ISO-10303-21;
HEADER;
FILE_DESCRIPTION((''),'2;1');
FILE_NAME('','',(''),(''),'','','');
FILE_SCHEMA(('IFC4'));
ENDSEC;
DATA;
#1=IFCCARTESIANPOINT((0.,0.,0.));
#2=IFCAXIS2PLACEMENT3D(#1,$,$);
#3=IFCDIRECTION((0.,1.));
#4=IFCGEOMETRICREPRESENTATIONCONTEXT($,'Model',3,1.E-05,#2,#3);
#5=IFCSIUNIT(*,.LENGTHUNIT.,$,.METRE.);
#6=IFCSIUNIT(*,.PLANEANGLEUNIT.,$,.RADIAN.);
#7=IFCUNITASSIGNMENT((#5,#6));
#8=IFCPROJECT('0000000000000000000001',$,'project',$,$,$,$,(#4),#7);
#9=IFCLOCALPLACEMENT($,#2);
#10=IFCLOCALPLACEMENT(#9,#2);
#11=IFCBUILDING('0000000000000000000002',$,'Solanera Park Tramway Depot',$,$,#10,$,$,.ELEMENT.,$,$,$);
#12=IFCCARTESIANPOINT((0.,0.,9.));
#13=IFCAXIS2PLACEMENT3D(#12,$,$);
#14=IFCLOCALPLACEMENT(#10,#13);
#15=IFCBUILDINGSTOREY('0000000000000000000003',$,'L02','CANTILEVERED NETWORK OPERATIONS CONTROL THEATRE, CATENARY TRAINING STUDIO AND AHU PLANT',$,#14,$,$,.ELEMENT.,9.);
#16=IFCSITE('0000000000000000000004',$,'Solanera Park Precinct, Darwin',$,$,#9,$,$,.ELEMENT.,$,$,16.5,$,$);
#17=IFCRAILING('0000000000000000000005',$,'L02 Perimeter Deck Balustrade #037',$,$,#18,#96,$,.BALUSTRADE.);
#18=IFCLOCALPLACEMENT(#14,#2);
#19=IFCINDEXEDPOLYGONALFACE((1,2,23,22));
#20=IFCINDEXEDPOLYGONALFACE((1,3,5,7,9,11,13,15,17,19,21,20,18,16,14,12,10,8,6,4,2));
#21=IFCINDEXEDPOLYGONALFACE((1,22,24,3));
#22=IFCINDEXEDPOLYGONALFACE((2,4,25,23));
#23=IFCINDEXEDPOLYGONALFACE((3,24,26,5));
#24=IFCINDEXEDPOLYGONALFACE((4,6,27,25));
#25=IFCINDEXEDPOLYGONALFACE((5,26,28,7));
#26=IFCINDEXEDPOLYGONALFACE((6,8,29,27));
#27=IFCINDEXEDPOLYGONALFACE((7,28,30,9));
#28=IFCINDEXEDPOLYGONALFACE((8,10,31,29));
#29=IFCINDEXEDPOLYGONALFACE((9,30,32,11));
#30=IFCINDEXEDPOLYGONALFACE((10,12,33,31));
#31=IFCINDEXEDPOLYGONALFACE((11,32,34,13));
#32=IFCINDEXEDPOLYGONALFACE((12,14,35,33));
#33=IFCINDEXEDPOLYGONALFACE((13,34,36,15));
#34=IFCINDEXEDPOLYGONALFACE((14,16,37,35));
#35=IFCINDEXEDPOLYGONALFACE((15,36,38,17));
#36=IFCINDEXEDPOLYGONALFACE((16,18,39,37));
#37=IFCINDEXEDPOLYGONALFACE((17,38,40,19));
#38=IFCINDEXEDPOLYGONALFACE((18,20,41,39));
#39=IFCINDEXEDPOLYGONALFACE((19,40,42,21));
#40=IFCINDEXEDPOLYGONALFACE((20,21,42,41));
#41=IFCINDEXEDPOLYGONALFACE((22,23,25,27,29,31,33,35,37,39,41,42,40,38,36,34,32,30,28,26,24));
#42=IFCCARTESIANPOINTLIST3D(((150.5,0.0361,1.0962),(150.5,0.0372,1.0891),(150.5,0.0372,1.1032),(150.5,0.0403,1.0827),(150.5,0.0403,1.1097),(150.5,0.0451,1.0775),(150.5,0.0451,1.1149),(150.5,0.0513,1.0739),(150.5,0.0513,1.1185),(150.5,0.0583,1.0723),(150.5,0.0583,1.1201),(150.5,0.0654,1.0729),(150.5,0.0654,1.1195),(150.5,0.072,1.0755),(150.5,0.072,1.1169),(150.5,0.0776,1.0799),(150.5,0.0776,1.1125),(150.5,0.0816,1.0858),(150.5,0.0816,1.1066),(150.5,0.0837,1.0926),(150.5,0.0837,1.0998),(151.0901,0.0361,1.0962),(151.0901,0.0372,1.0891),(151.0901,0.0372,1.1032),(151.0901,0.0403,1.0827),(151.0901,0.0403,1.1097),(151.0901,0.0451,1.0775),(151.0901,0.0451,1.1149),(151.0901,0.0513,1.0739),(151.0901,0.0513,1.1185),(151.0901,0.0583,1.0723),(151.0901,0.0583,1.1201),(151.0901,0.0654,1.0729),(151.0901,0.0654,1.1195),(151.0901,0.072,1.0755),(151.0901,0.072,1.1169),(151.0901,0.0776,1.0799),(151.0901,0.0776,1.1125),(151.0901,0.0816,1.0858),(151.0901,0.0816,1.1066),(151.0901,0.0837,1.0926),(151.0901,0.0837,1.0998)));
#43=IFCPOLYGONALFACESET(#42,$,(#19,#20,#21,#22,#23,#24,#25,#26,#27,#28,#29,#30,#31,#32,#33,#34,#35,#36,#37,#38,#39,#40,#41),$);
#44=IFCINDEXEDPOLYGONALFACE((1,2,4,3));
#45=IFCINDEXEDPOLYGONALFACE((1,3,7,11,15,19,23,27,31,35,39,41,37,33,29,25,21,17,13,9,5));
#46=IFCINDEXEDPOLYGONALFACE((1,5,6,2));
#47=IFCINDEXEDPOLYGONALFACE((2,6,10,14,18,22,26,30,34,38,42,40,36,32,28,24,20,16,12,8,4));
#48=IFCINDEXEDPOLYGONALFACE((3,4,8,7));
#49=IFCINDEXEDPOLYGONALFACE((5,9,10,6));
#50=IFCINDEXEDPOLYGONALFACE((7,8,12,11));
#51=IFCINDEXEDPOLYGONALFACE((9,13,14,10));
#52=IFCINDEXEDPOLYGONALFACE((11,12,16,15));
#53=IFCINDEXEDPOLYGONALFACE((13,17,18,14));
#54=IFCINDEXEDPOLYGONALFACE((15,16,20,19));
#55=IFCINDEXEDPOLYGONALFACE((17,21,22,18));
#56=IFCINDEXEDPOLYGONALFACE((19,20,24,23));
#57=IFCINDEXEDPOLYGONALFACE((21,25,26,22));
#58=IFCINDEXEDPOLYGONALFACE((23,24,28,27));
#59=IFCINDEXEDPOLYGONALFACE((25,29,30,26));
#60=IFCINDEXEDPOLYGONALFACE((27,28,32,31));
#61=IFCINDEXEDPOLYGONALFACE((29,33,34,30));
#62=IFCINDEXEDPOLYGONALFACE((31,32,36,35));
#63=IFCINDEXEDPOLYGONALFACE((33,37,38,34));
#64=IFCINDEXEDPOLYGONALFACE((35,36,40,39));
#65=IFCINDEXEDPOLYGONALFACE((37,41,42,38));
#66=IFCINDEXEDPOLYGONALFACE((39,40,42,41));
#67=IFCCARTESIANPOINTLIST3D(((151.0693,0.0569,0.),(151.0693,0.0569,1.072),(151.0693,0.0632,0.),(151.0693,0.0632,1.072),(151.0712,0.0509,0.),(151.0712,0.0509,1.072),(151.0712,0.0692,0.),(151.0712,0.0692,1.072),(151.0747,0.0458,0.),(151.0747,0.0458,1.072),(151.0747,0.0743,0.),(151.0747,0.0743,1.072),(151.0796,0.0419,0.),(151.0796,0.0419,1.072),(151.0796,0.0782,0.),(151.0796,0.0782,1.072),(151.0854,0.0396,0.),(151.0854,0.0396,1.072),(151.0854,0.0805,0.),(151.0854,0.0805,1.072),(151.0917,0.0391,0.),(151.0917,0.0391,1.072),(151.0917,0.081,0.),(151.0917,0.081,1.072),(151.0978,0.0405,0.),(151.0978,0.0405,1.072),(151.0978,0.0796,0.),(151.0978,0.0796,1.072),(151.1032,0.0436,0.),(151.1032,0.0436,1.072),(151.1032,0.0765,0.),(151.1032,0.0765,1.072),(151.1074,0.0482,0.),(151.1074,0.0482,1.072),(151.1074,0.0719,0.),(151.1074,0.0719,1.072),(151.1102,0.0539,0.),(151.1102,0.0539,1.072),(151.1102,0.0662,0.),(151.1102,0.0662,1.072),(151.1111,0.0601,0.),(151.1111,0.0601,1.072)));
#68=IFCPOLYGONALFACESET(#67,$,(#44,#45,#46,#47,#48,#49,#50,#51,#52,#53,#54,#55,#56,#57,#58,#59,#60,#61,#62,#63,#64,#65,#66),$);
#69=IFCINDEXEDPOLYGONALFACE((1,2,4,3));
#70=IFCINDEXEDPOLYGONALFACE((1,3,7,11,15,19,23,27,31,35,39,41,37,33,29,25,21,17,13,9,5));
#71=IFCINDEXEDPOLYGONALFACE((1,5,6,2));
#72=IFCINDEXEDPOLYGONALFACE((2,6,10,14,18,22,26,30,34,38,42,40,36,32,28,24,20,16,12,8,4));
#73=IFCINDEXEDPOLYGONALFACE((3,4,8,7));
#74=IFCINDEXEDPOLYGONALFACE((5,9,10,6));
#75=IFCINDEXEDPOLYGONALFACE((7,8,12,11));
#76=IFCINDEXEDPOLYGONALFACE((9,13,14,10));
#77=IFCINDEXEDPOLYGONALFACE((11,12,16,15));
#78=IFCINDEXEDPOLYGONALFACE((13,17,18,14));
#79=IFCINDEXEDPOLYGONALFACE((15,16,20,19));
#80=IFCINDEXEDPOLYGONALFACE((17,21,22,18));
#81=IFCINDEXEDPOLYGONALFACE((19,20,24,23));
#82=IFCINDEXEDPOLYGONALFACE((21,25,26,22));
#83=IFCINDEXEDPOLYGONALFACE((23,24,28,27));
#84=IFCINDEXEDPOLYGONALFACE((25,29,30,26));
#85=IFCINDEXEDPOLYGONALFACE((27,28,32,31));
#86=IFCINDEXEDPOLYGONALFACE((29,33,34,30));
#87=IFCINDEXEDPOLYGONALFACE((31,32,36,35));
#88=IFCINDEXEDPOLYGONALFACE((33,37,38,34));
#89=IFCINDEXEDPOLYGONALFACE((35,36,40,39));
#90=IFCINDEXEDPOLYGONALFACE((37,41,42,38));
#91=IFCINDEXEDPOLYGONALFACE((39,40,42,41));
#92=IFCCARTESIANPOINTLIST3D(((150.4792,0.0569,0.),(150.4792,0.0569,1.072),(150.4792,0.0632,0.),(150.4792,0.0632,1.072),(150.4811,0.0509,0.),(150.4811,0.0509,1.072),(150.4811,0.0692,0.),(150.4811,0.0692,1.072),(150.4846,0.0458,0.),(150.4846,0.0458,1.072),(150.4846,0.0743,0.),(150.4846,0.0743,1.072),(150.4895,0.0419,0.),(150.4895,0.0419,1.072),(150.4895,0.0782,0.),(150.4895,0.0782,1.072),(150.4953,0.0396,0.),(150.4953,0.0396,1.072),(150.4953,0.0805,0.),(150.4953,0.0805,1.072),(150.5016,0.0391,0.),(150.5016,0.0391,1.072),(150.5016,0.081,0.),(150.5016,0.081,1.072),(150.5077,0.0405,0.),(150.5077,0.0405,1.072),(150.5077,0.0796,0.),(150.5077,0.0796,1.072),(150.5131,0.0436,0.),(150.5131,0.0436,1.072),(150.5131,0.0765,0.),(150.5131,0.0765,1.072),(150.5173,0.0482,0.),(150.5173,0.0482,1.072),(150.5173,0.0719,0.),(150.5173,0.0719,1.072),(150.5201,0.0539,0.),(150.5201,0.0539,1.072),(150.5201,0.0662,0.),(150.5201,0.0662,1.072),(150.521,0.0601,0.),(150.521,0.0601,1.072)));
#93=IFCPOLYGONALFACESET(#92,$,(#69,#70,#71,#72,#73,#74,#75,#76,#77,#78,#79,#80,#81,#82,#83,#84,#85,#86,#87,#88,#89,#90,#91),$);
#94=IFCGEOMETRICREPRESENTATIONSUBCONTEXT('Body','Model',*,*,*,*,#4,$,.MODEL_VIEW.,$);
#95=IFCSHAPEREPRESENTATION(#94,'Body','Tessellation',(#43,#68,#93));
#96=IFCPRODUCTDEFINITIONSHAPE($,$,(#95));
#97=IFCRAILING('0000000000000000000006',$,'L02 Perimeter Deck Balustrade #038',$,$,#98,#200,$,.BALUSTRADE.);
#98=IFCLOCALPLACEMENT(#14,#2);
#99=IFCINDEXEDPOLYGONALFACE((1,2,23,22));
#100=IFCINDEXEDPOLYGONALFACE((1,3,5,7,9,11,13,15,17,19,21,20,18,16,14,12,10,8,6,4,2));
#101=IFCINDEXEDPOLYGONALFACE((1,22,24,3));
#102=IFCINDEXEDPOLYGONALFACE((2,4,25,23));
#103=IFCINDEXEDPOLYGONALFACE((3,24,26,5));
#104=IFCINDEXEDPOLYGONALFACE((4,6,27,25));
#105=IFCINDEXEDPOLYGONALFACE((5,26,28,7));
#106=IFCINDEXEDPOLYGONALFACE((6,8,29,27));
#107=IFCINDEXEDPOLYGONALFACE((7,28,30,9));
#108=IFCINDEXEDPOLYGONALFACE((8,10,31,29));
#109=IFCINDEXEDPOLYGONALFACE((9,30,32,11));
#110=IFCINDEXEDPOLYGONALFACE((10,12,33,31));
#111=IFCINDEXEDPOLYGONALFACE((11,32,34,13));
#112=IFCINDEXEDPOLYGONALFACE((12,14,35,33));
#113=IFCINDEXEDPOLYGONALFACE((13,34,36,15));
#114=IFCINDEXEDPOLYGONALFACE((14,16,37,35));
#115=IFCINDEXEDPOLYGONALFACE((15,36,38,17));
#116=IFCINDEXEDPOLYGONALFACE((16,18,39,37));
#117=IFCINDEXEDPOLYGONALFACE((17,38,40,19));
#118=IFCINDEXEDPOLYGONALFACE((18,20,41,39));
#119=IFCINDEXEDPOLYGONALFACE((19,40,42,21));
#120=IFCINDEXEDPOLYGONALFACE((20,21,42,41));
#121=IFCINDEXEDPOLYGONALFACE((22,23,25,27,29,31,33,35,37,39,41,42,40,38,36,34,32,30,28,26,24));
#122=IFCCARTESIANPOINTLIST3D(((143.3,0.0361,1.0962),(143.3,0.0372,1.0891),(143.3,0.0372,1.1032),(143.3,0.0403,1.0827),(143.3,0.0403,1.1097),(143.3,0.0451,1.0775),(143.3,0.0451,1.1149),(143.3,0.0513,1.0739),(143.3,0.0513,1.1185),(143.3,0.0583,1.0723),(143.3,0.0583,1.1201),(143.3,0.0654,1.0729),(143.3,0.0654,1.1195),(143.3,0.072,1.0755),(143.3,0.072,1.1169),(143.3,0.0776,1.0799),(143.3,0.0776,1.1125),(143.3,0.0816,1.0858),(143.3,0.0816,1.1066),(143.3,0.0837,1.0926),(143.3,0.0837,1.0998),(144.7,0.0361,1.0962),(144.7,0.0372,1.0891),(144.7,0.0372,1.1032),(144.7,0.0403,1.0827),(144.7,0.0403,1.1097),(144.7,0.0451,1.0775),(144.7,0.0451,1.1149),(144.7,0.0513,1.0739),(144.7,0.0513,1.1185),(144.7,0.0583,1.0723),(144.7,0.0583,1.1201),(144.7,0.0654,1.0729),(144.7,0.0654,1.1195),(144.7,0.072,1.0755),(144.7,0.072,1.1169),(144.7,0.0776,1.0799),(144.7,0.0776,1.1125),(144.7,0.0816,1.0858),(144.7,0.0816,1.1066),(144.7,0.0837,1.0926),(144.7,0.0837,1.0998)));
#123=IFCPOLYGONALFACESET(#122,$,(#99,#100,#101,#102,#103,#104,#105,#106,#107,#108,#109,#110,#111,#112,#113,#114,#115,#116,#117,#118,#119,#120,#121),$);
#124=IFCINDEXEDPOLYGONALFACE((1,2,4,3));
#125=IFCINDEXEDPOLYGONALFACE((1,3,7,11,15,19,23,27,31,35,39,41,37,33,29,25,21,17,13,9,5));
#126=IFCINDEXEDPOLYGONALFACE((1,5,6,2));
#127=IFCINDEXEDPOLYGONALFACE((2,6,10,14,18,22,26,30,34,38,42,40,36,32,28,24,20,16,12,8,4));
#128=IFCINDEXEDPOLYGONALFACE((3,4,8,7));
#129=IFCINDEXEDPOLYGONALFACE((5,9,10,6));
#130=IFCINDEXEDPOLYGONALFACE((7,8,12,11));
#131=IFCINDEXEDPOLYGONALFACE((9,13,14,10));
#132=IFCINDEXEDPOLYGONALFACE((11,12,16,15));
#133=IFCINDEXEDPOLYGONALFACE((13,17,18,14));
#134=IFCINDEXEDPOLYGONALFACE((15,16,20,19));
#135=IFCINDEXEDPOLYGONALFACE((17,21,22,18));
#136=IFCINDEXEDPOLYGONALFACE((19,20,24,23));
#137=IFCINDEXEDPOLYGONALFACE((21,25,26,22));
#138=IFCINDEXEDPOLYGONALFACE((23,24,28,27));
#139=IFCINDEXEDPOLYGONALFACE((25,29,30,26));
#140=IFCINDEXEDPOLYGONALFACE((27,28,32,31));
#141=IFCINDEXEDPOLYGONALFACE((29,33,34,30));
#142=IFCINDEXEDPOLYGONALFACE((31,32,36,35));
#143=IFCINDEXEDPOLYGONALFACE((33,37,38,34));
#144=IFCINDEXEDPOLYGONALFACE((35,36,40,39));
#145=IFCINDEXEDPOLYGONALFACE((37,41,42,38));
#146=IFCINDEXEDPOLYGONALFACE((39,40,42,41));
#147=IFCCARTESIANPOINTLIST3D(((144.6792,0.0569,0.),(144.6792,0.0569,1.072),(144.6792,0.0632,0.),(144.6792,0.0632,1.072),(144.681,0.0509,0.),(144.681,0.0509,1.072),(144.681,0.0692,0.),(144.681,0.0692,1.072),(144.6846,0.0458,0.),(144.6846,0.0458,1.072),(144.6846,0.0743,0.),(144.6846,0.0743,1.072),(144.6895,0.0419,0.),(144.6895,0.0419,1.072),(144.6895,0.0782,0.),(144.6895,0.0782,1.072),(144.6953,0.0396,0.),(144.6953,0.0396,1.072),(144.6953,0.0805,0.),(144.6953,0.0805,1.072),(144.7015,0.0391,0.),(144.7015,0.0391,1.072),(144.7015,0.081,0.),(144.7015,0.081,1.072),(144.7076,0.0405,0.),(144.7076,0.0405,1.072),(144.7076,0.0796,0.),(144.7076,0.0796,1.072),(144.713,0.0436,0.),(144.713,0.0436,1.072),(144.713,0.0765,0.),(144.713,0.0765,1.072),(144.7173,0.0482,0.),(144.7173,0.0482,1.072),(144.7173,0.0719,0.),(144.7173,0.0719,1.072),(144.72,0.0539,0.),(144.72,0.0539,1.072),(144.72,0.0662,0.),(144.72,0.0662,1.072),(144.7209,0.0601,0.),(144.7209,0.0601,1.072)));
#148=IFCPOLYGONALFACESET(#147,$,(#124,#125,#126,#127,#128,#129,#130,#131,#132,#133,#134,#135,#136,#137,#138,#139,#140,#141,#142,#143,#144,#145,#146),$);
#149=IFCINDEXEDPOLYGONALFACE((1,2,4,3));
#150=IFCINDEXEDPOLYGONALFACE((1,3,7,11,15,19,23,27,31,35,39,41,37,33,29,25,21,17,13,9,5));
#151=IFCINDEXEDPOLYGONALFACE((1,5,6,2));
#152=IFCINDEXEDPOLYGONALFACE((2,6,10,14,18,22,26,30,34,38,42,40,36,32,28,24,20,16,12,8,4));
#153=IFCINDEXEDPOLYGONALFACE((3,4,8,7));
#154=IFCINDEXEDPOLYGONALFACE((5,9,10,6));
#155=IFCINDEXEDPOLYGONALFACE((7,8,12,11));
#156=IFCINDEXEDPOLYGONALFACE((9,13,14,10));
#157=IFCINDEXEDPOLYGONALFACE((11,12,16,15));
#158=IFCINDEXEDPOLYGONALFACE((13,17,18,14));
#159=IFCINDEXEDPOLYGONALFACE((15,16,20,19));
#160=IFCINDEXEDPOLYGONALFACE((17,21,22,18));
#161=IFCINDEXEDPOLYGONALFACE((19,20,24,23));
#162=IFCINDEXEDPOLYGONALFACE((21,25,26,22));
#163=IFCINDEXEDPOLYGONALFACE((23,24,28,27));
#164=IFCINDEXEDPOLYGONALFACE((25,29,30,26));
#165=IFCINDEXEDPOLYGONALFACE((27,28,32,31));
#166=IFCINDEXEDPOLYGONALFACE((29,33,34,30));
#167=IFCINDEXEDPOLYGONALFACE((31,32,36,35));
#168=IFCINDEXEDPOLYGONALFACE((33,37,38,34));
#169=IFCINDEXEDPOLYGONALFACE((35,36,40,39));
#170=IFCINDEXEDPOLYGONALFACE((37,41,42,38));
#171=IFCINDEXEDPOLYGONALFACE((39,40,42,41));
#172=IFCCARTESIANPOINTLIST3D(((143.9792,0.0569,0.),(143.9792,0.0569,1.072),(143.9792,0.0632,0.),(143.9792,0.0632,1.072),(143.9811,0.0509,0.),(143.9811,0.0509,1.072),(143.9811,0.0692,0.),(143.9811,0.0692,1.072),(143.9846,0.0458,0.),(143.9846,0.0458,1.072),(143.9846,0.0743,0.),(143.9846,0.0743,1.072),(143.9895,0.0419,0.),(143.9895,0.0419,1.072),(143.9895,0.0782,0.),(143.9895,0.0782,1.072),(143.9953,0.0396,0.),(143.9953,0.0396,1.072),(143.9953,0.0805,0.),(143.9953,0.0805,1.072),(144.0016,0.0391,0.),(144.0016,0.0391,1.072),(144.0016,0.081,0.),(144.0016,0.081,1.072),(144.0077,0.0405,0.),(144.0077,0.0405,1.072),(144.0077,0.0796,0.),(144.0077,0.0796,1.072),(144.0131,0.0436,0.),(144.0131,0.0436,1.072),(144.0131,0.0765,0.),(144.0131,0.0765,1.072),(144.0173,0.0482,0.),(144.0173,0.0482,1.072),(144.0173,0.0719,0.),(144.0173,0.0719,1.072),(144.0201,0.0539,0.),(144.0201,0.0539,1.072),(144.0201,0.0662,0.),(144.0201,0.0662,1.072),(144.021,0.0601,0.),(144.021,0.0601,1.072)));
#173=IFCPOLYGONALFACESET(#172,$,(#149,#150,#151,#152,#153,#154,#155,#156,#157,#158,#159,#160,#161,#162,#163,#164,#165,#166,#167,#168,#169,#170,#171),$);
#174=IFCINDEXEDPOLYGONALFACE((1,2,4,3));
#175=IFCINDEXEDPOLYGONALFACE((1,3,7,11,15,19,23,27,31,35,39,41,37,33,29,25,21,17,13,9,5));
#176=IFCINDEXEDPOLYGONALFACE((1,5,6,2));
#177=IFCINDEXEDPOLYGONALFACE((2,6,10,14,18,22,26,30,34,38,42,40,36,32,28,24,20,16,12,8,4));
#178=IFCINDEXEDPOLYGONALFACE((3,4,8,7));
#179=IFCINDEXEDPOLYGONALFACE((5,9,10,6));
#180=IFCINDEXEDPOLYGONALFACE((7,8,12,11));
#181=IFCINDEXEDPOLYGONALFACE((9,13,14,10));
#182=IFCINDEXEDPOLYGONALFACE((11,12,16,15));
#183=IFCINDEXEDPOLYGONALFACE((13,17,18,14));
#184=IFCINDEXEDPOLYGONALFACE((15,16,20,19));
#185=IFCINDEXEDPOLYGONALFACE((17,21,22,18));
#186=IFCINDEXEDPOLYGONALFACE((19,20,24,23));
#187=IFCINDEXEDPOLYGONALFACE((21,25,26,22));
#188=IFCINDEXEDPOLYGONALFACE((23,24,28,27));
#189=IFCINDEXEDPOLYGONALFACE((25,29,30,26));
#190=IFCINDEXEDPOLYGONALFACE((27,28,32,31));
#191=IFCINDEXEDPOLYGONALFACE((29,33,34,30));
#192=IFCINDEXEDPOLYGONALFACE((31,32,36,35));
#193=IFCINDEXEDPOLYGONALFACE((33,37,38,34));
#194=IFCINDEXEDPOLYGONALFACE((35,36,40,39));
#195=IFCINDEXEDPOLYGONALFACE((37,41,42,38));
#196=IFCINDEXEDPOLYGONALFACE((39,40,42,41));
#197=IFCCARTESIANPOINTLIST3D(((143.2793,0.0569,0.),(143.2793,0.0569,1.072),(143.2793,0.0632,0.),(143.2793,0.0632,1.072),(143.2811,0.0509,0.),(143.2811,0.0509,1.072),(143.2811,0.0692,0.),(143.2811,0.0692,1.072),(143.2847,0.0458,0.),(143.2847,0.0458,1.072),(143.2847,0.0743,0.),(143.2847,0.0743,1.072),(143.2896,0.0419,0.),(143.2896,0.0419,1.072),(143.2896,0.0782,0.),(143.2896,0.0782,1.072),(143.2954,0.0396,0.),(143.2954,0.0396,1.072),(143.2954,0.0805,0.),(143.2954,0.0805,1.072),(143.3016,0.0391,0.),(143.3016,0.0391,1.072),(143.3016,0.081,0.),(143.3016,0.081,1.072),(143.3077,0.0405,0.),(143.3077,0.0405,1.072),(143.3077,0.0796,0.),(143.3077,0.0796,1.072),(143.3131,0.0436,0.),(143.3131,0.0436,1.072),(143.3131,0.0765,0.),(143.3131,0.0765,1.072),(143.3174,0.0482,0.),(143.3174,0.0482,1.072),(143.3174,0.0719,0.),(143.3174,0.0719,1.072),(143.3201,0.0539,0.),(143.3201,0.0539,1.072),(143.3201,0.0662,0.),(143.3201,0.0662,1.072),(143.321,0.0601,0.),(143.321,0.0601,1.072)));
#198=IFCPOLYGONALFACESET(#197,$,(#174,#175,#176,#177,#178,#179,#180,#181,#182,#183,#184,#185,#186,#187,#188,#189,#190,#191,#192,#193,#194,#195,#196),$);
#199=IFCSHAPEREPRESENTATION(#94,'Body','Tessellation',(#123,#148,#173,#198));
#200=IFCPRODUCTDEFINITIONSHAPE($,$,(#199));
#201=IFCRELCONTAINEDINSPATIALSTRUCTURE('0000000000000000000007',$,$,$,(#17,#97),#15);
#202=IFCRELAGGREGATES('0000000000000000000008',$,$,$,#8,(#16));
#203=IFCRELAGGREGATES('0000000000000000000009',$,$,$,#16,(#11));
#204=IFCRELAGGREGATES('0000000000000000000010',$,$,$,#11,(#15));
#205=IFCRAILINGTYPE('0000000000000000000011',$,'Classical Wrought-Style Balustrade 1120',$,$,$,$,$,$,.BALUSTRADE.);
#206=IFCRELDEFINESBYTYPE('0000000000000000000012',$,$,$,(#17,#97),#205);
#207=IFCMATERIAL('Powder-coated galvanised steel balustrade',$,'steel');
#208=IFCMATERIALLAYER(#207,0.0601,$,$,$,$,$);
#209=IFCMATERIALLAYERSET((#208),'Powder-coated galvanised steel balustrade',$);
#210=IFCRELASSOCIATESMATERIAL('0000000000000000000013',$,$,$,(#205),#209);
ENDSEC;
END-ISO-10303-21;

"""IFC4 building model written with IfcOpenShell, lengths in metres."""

from ifc_helpers import new_model, si_unit, direction, frame, origin, origin_2d, place, context, subcontext, project, spatial, circle, extrude, material, layer, layer_set, type_object, element, save


model = new_model("IFC4")

# Units and contexts
model_context = context("Model", 3, precision=1e-05, world=origin(), true_north=direction((0.0, 1.0)))
body_context = subcontext(model_context, "Body", "Model", "MODEL_VIEW")
ifc_project = project(units=[si_unit("LENGTHUNIT", "METRE"), si_unit("PLANEANGLEUNIT", "RADIAN")], contexts=[model_context])

# Site, building, storey
site_placement = place(None, origin())
site = spatial("IfcSite", under=ifc_project, at=site_placement, Name="Solanera Park Precinct, Darwin", CompositionType="ELEMENT", RefElevation=16.5)
building_placement = place(site_placement, origin())
building = spatial("IfcBuilding", under=site, at=building_placement, Name="Solanera Park Tramway Depot", CompositionType="ELEMENT")
storey_placement = place(building_placement, frame((0.0, 0.0, 9.0)))
storey = spatial("IfcBuildingStorey", under=building, at=storey_placement, Name="L02", Description="CANTILEVERED NETWORK OPERATIONS CONTROL THEATRE, CATENARY TRAINING STUDIO AND AHU PLANT", CompositionType="ELEMENT", Elevation=9.0)

# Railings
ifc_material_1 = material(Name="Powder-coated galvanised steel balustrade", Category="steel")
ifc_layer_1 = layer(ifc_material_1, 0.0601)
ifc_layer_set_1 = layer_set([ifc_layer_1], Name="Powder-coated galvanised steel balustrade")
railing_type = type_object("IfcRailingType", Name="Classical Wrought-Style Balustrade 1120", PredefinedType="BALUSTRADE", material=ifc_layer_set_1)
railing_1_placement = place(storey_placement, frame((151.0901, 0.0601, 0.0)))
element("IfcRailing", 1, at=railing_1_placement, inside=storey, type_object=railing_type, Name="L02 Perimeter Deck Balustrade #037", PredefinedType="BALUSTRADE", context=body_context, shape_type="SweptSolid", body=[
    extrude(circle(Radius=0.0239, at=origin_2d()), frame((0.0, 0.0, 1.0962), z_axis=(-1.0, 0.0, 0.0), x_axis=(0.0, -1.0, 0.0)), (0.0, 0.0, 1.0), 0.5901),
    extrude(circle(Radius=0.021, at=origin_2d()), origin(), (0.0, 0.0, 1.0), 1.072),
    extrude(circle(Radius=0.021, at=origin_2d()), frame((-0.5901, 0.0, 0.0)), (0.0, 0.0, 1.0), 1.072),
])
railing_2_placement = place(storey_placement, frame((144.7, 0.0601, 0.0)))
element("IfcRailing", 2, at=railing_2_placement, inside=storey, type_object=railing_type, Name="L02 Perimeter Deck Balustrade #038", PredefinedType="BALUSTRADE", context=body_context, shape_type="SweptSolid", body=[
    extrude(circle(Radius=0.0239, at=origin_2d()), frame((0.0, 0.0, 1.0962), z_axis=(-1.0, 0.0, 0.0), x_axis=(0.0, -1.0, 0.0)), (0.0, 0.0, 1.0), 1.3999),
    extrude(circle(Radius=0.021, at=origin_2d()), origin(), (0.0, 0.0, 1.0), 1.072),
    extrude(circle(Radius=0.021, at=origin_2d()), frame((-0.7, 0.0, 0.0)), (0.0, 0.0, 1.0), 1.072),
    extrude(circle(Radius=0.021, at=origin_2d()), frame((-1.3999, 0.0, 0.0)), (0.0, 0.0, 1.0), 1.072),
])

save(model, "model.ifc")
